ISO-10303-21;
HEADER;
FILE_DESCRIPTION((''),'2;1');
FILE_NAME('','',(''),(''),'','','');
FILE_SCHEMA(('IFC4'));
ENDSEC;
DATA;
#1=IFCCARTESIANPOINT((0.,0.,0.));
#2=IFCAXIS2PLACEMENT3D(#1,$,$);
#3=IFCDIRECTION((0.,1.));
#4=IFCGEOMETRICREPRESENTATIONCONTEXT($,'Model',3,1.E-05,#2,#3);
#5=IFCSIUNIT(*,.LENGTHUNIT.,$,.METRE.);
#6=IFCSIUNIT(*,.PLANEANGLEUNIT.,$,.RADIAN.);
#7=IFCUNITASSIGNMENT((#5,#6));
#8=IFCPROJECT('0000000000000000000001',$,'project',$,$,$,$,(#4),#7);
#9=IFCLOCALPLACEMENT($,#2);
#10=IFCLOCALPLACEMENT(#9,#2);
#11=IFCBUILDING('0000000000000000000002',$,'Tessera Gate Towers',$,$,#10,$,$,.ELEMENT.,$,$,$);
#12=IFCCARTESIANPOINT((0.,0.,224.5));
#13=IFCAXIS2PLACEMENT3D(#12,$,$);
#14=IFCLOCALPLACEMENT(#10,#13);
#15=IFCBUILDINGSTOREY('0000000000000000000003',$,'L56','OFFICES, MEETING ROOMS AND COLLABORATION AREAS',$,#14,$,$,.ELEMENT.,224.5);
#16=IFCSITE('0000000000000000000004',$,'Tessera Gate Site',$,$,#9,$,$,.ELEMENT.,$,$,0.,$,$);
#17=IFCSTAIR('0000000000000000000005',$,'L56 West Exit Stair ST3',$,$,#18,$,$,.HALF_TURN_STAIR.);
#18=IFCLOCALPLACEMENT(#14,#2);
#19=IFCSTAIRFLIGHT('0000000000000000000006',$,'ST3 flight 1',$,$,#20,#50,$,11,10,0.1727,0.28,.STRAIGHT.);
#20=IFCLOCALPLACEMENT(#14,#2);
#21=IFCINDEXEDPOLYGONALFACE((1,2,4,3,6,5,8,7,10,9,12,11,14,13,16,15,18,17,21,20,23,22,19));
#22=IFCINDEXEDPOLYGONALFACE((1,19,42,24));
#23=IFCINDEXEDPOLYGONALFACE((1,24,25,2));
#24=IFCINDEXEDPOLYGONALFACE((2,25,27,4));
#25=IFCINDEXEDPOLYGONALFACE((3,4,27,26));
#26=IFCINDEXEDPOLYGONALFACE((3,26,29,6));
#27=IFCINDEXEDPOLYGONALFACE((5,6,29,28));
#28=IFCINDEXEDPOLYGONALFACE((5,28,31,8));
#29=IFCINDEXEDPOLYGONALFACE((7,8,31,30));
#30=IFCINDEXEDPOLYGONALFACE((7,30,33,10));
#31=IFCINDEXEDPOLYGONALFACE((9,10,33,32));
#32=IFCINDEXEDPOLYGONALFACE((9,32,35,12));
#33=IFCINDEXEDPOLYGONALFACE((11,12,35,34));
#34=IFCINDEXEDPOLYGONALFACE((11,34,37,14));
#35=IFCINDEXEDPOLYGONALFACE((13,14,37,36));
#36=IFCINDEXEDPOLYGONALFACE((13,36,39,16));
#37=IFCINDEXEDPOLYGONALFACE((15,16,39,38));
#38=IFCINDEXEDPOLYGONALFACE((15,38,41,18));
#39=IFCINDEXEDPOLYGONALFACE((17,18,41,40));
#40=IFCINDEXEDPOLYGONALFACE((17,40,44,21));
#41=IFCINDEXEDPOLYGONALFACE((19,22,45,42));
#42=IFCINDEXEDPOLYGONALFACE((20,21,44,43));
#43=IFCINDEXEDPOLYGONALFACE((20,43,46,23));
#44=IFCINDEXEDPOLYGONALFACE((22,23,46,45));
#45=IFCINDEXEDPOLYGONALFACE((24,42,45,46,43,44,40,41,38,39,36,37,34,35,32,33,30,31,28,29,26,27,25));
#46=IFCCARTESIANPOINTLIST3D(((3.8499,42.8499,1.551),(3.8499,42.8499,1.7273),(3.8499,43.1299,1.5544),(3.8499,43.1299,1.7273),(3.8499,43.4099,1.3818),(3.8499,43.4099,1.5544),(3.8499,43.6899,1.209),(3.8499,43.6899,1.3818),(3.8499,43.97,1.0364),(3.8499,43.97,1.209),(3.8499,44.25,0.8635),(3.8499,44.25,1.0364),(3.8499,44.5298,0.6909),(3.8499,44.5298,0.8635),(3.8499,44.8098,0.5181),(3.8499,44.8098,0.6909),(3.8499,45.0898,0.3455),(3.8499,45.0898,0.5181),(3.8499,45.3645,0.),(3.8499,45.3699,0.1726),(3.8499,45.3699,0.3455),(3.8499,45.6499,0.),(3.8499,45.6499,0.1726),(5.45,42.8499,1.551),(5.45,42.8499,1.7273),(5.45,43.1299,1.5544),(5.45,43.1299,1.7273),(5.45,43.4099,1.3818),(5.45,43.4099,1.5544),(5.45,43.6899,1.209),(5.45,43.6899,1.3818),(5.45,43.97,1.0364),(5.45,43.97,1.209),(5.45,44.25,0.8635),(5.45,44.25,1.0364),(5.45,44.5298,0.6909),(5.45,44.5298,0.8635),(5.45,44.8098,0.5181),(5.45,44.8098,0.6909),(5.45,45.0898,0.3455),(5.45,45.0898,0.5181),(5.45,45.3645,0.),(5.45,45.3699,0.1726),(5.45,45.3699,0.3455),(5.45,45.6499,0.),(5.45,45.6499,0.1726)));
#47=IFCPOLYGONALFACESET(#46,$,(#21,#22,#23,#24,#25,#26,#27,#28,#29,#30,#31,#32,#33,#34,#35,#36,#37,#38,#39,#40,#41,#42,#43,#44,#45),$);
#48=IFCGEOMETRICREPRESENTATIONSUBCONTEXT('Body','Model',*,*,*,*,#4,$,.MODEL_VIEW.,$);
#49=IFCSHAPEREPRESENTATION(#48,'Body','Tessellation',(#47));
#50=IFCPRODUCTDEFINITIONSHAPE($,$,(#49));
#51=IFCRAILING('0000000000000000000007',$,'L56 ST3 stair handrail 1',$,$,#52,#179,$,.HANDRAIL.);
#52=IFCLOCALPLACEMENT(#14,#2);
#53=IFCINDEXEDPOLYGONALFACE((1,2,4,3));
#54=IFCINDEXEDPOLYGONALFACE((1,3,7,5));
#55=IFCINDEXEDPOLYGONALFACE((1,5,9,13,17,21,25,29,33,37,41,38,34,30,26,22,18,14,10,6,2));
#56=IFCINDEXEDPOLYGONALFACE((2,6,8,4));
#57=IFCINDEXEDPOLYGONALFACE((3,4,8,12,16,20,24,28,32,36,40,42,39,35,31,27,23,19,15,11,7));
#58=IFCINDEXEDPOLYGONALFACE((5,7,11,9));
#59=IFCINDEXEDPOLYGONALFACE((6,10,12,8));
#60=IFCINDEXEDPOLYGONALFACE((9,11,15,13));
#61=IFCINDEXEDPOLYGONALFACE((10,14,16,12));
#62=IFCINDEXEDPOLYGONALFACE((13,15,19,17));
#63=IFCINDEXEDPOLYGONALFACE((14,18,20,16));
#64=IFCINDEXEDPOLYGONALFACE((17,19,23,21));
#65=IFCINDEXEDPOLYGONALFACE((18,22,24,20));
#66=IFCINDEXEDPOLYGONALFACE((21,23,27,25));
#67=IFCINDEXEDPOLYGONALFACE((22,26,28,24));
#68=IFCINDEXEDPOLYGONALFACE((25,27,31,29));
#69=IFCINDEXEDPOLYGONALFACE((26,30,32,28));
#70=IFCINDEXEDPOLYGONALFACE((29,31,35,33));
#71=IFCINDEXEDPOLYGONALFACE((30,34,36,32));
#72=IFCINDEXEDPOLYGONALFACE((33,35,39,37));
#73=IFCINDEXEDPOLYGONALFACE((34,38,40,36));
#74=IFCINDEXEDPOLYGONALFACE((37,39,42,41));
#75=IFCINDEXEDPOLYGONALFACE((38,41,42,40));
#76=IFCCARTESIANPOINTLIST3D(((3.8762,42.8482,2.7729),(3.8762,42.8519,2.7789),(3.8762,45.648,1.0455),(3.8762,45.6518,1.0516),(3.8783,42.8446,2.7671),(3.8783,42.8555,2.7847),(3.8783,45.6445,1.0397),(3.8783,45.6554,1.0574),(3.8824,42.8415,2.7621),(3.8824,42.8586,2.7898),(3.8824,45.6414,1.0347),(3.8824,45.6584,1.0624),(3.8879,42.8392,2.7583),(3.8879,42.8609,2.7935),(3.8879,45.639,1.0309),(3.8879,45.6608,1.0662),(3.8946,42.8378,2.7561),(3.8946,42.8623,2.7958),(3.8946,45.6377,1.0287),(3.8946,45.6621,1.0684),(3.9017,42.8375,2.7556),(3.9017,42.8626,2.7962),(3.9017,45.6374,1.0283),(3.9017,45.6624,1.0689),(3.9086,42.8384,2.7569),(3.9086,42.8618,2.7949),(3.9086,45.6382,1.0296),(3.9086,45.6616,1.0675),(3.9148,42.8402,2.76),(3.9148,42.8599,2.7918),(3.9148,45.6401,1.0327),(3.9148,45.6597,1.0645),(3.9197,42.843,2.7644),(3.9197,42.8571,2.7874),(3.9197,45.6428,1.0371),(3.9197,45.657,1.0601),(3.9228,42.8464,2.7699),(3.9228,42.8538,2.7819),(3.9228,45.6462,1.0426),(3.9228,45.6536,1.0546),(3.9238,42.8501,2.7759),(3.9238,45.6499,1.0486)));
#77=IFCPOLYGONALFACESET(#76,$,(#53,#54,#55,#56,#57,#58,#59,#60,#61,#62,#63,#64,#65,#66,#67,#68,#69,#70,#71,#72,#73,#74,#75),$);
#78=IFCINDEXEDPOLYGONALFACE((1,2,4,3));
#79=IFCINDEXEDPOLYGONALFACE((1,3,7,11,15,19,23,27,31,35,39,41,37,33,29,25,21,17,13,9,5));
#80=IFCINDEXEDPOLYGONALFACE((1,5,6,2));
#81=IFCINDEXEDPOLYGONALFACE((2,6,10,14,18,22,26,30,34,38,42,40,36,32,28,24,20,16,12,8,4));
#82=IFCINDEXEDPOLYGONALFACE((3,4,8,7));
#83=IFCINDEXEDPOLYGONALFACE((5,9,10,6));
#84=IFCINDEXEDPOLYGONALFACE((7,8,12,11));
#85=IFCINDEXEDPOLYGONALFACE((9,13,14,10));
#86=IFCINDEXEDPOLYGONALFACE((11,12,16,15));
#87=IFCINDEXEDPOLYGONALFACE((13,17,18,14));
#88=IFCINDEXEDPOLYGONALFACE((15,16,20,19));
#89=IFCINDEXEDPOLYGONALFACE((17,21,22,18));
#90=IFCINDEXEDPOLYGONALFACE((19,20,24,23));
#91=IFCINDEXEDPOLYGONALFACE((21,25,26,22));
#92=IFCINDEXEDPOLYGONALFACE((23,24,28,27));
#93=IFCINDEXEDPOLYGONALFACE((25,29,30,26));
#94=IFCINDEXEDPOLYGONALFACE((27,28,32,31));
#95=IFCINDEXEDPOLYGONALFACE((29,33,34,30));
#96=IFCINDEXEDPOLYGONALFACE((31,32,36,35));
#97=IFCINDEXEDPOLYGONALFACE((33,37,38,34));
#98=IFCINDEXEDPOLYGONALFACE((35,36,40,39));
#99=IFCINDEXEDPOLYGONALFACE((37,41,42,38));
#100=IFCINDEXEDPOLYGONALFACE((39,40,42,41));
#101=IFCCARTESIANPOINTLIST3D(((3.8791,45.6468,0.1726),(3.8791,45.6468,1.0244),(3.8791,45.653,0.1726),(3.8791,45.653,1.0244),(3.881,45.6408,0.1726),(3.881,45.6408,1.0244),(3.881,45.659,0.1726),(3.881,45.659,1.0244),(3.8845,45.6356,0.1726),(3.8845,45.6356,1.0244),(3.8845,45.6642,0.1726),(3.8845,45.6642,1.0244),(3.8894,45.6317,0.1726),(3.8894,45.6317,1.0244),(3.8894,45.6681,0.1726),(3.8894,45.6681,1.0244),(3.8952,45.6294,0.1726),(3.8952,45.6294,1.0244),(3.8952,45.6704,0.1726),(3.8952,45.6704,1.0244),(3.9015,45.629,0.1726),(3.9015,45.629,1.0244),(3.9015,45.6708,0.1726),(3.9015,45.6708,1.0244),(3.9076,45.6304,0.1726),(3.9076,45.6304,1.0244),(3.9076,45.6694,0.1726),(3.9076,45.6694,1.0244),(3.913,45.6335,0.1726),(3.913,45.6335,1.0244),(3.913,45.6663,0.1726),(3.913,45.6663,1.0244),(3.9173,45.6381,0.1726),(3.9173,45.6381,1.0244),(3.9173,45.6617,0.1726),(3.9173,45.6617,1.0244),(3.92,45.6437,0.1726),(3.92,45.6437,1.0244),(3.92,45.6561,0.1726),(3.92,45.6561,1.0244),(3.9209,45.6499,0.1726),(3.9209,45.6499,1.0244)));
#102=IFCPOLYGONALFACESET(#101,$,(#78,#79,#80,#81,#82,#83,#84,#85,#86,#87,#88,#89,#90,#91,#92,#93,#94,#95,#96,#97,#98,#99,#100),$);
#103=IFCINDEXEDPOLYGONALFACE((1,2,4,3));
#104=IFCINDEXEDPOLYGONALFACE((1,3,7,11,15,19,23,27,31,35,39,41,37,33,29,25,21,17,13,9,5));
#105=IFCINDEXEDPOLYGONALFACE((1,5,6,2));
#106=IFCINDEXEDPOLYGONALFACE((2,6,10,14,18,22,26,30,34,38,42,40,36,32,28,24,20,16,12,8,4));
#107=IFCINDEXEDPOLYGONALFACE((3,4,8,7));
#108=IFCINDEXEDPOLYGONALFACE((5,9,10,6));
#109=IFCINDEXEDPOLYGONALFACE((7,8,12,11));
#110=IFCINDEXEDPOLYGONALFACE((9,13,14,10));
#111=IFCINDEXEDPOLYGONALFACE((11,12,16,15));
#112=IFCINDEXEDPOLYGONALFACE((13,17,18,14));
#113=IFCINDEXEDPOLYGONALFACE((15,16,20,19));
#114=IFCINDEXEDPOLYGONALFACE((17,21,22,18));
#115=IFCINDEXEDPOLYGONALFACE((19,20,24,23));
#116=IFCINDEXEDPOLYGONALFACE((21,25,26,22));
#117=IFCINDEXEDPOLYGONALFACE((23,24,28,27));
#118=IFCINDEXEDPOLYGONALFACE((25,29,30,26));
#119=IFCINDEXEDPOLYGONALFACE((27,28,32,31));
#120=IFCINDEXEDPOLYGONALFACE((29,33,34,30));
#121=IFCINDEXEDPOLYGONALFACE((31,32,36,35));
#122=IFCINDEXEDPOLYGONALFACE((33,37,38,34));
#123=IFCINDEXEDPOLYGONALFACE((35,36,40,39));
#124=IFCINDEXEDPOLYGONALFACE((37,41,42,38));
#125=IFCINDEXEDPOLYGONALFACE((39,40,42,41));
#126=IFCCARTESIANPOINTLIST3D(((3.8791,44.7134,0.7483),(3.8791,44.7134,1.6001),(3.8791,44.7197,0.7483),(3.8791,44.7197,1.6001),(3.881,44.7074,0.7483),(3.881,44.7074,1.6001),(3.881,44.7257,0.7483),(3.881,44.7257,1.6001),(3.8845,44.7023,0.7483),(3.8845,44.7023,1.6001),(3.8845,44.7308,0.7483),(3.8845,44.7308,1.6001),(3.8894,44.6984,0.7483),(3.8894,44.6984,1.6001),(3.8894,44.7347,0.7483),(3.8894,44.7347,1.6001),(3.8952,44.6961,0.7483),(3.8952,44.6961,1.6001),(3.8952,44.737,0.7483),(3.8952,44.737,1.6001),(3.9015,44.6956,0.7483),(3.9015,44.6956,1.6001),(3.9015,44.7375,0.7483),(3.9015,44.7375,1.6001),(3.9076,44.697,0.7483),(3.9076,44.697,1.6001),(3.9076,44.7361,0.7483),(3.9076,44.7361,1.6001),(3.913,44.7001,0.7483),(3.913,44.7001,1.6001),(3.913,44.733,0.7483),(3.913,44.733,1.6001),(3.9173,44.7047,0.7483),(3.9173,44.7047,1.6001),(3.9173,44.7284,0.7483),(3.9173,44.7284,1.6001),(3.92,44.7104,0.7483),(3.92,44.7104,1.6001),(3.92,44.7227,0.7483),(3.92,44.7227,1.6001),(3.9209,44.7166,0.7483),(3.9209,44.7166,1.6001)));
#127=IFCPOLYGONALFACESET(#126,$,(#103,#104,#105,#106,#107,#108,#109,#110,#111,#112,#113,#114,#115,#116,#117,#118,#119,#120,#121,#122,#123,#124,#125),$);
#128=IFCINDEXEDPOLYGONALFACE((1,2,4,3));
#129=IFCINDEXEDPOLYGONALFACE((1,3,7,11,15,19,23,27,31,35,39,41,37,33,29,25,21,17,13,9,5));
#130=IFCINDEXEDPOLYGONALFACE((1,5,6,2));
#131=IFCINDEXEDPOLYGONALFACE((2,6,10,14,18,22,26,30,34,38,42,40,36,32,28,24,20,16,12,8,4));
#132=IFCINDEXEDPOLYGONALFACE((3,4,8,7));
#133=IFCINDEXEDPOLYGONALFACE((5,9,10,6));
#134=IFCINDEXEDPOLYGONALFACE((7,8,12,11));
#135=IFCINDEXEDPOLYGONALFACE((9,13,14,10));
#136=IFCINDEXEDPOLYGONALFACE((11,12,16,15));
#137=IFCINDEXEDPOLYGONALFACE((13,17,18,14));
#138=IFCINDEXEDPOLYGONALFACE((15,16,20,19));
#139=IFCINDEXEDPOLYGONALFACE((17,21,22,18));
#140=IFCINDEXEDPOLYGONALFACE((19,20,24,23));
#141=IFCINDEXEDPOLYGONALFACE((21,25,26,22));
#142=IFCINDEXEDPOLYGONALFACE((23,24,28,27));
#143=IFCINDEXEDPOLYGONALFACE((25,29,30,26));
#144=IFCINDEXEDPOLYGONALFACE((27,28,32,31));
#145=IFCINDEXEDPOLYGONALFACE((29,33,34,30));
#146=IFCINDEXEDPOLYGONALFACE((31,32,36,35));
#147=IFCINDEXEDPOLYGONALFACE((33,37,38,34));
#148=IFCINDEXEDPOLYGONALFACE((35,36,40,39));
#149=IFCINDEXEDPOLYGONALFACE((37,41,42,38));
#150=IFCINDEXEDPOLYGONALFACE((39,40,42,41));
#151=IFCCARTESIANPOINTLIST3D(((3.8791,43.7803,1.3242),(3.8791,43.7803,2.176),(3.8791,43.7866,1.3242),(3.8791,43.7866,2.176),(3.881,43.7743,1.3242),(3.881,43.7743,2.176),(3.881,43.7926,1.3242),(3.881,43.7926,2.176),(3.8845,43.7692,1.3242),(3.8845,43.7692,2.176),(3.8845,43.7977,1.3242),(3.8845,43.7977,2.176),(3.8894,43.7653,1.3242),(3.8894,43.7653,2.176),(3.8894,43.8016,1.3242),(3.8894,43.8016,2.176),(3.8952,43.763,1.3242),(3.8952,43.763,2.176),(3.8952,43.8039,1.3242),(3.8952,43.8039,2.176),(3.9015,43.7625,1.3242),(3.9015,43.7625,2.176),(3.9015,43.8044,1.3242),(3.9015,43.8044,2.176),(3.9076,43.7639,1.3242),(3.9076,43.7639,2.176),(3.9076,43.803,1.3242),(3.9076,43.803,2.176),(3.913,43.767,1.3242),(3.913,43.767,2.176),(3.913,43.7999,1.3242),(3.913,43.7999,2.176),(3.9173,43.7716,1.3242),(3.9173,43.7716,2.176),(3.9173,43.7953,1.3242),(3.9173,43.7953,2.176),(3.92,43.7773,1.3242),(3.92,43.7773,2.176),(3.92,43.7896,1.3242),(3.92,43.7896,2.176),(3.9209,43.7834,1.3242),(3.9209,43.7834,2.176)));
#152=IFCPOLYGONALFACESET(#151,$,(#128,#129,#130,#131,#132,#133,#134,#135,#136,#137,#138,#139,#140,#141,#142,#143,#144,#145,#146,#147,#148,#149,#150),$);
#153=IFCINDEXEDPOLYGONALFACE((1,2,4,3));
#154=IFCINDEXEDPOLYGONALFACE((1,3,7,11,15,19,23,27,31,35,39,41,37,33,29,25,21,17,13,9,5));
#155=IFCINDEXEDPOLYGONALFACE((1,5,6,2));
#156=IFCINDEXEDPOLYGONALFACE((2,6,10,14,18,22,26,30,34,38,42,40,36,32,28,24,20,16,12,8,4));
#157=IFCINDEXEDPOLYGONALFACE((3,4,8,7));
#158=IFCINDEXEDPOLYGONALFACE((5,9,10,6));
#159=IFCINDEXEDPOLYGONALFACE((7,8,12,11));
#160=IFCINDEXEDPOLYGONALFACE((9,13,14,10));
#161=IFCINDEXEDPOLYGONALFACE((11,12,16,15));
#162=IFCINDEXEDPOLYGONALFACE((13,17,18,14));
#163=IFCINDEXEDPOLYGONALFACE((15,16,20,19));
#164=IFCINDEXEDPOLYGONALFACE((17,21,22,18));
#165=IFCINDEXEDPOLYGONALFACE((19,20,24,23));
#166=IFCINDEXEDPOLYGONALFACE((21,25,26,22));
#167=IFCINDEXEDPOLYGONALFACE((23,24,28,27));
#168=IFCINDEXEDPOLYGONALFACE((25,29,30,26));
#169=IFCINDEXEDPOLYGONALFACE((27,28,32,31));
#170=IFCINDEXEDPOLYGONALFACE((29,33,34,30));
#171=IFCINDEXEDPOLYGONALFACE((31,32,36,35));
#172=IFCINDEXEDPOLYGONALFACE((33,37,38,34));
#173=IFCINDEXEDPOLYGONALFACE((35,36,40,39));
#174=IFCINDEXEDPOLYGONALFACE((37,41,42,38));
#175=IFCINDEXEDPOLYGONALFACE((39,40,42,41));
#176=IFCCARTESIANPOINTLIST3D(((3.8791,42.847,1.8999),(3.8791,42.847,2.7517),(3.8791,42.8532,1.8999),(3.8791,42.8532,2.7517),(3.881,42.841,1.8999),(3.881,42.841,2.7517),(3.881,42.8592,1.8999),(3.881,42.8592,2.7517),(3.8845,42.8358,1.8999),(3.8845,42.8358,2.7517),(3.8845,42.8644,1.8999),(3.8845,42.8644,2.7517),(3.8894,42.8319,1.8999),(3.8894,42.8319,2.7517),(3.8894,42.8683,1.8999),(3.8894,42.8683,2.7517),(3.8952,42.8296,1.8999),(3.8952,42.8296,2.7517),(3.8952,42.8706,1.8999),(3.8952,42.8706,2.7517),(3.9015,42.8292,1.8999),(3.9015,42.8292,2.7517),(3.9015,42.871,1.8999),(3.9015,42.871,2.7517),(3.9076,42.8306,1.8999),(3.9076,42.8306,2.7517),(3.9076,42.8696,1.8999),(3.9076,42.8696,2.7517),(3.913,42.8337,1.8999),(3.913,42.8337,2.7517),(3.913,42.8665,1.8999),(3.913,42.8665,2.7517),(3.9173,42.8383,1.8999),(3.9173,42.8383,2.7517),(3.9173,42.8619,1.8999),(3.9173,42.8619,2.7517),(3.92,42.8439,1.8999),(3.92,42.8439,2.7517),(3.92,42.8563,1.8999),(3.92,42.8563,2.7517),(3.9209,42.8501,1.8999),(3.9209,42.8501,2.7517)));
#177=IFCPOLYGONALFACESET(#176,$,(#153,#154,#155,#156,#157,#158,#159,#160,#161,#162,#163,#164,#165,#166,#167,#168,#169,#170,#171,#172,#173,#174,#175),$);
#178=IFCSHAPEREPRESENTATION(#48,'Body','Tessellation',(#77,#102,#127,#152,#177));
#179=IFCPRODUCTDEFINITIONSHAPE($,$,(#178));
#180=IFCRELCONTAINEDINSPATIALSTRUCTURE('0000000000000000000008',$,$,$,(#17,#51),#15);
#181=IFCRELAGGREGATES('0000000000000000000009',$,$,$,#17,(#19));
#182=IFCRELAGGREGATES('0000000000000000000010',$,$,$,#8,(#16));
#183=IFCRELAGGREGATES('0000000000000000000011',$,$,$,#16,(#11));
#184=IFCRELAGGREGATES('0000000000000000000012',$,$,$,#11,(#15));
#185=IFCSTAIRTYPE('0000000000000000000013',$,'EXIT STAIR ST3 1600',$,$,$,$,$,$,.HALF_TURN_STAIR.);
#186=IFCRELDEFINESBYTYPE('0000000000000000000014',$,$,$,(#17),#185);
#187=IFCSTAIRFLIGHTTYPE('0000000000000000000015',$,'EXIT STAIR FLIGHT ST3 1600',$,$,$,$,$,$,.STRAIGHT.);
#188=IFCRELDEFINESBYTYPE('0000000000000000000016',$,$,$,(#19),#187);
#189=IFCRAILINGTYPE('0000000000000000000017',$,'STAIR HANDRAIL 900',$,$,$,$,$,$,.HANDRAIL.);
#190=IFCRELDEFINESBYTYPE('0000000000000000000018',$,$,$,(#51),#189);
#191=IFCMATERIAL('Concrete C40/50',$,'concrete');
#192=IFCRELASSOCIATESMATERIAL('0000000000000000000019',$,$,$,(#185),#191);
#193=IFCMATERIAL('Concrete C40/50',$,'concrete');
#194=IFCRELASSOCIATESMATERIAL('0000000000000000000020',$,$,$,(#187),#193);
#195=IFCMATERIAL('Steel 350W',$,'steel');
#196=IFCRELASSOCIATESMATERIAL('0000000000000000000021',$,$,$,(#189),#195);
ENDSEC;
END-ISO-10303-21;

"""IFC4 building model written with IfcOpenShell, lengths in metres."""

from ifc_helpers import new_model, si_unit, direction, frame, origin, origin_2d, place, context, subcontext, project, spatial, polyline, circle, outline, extrude, material, type_object, element, aggregate, save


model = new_model("IFC4")

# Units and contexts
model_context = context("Model", 3, precision=1e-05, world=origin(), true_north=direction((0.0, 1.0)))
body_context = subcontext(model_context, "Body", "Model", "MODEL_VIEW")
ifc_project = project(units=[si_unit("LENGTHUNIT", "METRE"), si_unit("PLANEANGLEUNIT", "RADIAN")], contexts=[model_context])

# Site, building, storey
site_placement = place(None, origin())
site = spatial("IfcSite", under=ifc_project, at=site_placement, Name="Tessera Gate Site", CompositionType="ELEMENT", RefElevation=0.0)
building_placement = place(site_placement, origin())
building = spatial("IfcBuilding", under=site, at=building_placement, Name="Tessera Gate Towers", CompositionType="ELEMENT")
storey_placement = place(building_placement, frame((0.0, 0.0, 224.5)))
storey = spatial("IfcBuildingStorey", under=building, at=storey_placement, Name="L56", Description="OFFICES, MEETING ROOMS AND COLLABORATION AREAS", CompositionType="ELEMENT", Elevation=224.5)

# Stair, stair flight
ifc_material_1 = material(Name="Concrete C40/50", Category="concrete")
stair_type = type_object("IfcStairType", Name="EXIT STAIR ST3 1600", PredefinedType="HALF_TURN_STAIR", material=ifc_material_1)
stair_placement = place(storey_placement, origin())
stair = element("IfcStair", 1, at=stair_placement, inside=storey, type_object=stair_type, Name="L56 West Exit Stair ST3", PredefinedType="HALF_TURN_STAIR")
ifc_material_2 = material(Name="Concrete C40/50", Category="concrete")
stair_flight_type = type_object("IfcStairFlightType", Name="EXIT STAIR FLIGHT ST3 1600", PredefinedType="STRAIGHT", material=ifc_material_2)
stair_flight_placement = place(storey_placement, frame((4.6499, 45.6499, 0.0), z_axis=(0.0, 0.0, 1.0), x_axis=(0.0, -1.0, 0.0)))
stair_flight = element("IfcStairFlight", 2, at=stair_flight_placement, type_object=stair_flight_type, Name="ST3 flight 1", NumberOfRisers=11, NumberOfTreads=10, PredefinedType="STRAIGHT", RiserHeight=0.1727, TreadLength=0.28, context=body_context, shape_type="SweptSolid", body=[
    extrude(outline(polyline([(0.0, 0.0), (0.0, 0.1726), (0.28, 0.1726), (0.28, 0.3455), (0.5601, 0.3455), (0.5601, 0.5181), (0.8401, 0.5181), (0.8401, 0.6909), (1.1201, 0.6909), (1.1201, 0.8635), (1.3999, 0.8635), (1.3999, 1.0364), (1.6799, 1.0364), (1.6799, 1.209), (1.96, 1.209), (1.96, 1.3818), (2.24, 1.3818), (2.24, 1.5544), (2.52, 1.5544), (2.52, 1.7273), (2.8, 1.7273), (2.8, 1.8999), (2.8, 1.551), (0.2854, 0.0), (0.0, 0.0)])), frame((0.0, 0.8, 0.0), z_axis=(0.0, -1.0, 0.0), x_axis=(1.0, 0.0, 0.0)), (0.0, 0.0, 1.0), 1.6001),
])
aggregate(stair, [stair_flight])

# Railing
ifc_material_3 = material(Name="Steel 350W", Category="steel")
railing_type_1 = type_object("IfcRailingType", Name="STAIR HANDRAIL 900", PredefinedType="HANDRAIL", material=ifc_material_3)
railing_1_placement = place(storey_placement, frame((3.8999, 45.6499, 0.1726)))
element("IfcRailing", 3, at=railing_1_placement, inside=storey, type_object=railing_type_1, Name="L56 ST3 stair handrail 1", PredefinedType="HANDRAIL", context=body_context, shape_type="SweptSolid", body=[
    extrude(circle(Radius=0.0239, at=origin_2d()), frame((0.0, 0.0, 0.876), z_axis=(0.0, -0.851069, 0.525054), x_axis=(1.0, 0.0, 0.0)), (0.0, 0.0, 1.0), 3.2898),
    extrude(circle(Radius=0.021, at=origin_2d()), origin(), (0.0, 0.0, 1.0), 0.8518),
    extrude(circle(Radius=0.021, at=origin_2d()), frame((0.0, -0.9333, 0.5757)), (0.0, 0.0, 1.0), 0.8518),
    extrude(circle(Radius=0.021, at=origin_2d()), frame((0.0, -1.8665, 1.1516)), (0.0, 0.0, 1.0), 0.8518),
    extrude(circle(Radius=0.021, at=origin_2d()), frame((0.0, -2.7998, 1.7273)), (0.0, 0.0, 1.0), 0.8518),
])

save(model, "model.ifc")
